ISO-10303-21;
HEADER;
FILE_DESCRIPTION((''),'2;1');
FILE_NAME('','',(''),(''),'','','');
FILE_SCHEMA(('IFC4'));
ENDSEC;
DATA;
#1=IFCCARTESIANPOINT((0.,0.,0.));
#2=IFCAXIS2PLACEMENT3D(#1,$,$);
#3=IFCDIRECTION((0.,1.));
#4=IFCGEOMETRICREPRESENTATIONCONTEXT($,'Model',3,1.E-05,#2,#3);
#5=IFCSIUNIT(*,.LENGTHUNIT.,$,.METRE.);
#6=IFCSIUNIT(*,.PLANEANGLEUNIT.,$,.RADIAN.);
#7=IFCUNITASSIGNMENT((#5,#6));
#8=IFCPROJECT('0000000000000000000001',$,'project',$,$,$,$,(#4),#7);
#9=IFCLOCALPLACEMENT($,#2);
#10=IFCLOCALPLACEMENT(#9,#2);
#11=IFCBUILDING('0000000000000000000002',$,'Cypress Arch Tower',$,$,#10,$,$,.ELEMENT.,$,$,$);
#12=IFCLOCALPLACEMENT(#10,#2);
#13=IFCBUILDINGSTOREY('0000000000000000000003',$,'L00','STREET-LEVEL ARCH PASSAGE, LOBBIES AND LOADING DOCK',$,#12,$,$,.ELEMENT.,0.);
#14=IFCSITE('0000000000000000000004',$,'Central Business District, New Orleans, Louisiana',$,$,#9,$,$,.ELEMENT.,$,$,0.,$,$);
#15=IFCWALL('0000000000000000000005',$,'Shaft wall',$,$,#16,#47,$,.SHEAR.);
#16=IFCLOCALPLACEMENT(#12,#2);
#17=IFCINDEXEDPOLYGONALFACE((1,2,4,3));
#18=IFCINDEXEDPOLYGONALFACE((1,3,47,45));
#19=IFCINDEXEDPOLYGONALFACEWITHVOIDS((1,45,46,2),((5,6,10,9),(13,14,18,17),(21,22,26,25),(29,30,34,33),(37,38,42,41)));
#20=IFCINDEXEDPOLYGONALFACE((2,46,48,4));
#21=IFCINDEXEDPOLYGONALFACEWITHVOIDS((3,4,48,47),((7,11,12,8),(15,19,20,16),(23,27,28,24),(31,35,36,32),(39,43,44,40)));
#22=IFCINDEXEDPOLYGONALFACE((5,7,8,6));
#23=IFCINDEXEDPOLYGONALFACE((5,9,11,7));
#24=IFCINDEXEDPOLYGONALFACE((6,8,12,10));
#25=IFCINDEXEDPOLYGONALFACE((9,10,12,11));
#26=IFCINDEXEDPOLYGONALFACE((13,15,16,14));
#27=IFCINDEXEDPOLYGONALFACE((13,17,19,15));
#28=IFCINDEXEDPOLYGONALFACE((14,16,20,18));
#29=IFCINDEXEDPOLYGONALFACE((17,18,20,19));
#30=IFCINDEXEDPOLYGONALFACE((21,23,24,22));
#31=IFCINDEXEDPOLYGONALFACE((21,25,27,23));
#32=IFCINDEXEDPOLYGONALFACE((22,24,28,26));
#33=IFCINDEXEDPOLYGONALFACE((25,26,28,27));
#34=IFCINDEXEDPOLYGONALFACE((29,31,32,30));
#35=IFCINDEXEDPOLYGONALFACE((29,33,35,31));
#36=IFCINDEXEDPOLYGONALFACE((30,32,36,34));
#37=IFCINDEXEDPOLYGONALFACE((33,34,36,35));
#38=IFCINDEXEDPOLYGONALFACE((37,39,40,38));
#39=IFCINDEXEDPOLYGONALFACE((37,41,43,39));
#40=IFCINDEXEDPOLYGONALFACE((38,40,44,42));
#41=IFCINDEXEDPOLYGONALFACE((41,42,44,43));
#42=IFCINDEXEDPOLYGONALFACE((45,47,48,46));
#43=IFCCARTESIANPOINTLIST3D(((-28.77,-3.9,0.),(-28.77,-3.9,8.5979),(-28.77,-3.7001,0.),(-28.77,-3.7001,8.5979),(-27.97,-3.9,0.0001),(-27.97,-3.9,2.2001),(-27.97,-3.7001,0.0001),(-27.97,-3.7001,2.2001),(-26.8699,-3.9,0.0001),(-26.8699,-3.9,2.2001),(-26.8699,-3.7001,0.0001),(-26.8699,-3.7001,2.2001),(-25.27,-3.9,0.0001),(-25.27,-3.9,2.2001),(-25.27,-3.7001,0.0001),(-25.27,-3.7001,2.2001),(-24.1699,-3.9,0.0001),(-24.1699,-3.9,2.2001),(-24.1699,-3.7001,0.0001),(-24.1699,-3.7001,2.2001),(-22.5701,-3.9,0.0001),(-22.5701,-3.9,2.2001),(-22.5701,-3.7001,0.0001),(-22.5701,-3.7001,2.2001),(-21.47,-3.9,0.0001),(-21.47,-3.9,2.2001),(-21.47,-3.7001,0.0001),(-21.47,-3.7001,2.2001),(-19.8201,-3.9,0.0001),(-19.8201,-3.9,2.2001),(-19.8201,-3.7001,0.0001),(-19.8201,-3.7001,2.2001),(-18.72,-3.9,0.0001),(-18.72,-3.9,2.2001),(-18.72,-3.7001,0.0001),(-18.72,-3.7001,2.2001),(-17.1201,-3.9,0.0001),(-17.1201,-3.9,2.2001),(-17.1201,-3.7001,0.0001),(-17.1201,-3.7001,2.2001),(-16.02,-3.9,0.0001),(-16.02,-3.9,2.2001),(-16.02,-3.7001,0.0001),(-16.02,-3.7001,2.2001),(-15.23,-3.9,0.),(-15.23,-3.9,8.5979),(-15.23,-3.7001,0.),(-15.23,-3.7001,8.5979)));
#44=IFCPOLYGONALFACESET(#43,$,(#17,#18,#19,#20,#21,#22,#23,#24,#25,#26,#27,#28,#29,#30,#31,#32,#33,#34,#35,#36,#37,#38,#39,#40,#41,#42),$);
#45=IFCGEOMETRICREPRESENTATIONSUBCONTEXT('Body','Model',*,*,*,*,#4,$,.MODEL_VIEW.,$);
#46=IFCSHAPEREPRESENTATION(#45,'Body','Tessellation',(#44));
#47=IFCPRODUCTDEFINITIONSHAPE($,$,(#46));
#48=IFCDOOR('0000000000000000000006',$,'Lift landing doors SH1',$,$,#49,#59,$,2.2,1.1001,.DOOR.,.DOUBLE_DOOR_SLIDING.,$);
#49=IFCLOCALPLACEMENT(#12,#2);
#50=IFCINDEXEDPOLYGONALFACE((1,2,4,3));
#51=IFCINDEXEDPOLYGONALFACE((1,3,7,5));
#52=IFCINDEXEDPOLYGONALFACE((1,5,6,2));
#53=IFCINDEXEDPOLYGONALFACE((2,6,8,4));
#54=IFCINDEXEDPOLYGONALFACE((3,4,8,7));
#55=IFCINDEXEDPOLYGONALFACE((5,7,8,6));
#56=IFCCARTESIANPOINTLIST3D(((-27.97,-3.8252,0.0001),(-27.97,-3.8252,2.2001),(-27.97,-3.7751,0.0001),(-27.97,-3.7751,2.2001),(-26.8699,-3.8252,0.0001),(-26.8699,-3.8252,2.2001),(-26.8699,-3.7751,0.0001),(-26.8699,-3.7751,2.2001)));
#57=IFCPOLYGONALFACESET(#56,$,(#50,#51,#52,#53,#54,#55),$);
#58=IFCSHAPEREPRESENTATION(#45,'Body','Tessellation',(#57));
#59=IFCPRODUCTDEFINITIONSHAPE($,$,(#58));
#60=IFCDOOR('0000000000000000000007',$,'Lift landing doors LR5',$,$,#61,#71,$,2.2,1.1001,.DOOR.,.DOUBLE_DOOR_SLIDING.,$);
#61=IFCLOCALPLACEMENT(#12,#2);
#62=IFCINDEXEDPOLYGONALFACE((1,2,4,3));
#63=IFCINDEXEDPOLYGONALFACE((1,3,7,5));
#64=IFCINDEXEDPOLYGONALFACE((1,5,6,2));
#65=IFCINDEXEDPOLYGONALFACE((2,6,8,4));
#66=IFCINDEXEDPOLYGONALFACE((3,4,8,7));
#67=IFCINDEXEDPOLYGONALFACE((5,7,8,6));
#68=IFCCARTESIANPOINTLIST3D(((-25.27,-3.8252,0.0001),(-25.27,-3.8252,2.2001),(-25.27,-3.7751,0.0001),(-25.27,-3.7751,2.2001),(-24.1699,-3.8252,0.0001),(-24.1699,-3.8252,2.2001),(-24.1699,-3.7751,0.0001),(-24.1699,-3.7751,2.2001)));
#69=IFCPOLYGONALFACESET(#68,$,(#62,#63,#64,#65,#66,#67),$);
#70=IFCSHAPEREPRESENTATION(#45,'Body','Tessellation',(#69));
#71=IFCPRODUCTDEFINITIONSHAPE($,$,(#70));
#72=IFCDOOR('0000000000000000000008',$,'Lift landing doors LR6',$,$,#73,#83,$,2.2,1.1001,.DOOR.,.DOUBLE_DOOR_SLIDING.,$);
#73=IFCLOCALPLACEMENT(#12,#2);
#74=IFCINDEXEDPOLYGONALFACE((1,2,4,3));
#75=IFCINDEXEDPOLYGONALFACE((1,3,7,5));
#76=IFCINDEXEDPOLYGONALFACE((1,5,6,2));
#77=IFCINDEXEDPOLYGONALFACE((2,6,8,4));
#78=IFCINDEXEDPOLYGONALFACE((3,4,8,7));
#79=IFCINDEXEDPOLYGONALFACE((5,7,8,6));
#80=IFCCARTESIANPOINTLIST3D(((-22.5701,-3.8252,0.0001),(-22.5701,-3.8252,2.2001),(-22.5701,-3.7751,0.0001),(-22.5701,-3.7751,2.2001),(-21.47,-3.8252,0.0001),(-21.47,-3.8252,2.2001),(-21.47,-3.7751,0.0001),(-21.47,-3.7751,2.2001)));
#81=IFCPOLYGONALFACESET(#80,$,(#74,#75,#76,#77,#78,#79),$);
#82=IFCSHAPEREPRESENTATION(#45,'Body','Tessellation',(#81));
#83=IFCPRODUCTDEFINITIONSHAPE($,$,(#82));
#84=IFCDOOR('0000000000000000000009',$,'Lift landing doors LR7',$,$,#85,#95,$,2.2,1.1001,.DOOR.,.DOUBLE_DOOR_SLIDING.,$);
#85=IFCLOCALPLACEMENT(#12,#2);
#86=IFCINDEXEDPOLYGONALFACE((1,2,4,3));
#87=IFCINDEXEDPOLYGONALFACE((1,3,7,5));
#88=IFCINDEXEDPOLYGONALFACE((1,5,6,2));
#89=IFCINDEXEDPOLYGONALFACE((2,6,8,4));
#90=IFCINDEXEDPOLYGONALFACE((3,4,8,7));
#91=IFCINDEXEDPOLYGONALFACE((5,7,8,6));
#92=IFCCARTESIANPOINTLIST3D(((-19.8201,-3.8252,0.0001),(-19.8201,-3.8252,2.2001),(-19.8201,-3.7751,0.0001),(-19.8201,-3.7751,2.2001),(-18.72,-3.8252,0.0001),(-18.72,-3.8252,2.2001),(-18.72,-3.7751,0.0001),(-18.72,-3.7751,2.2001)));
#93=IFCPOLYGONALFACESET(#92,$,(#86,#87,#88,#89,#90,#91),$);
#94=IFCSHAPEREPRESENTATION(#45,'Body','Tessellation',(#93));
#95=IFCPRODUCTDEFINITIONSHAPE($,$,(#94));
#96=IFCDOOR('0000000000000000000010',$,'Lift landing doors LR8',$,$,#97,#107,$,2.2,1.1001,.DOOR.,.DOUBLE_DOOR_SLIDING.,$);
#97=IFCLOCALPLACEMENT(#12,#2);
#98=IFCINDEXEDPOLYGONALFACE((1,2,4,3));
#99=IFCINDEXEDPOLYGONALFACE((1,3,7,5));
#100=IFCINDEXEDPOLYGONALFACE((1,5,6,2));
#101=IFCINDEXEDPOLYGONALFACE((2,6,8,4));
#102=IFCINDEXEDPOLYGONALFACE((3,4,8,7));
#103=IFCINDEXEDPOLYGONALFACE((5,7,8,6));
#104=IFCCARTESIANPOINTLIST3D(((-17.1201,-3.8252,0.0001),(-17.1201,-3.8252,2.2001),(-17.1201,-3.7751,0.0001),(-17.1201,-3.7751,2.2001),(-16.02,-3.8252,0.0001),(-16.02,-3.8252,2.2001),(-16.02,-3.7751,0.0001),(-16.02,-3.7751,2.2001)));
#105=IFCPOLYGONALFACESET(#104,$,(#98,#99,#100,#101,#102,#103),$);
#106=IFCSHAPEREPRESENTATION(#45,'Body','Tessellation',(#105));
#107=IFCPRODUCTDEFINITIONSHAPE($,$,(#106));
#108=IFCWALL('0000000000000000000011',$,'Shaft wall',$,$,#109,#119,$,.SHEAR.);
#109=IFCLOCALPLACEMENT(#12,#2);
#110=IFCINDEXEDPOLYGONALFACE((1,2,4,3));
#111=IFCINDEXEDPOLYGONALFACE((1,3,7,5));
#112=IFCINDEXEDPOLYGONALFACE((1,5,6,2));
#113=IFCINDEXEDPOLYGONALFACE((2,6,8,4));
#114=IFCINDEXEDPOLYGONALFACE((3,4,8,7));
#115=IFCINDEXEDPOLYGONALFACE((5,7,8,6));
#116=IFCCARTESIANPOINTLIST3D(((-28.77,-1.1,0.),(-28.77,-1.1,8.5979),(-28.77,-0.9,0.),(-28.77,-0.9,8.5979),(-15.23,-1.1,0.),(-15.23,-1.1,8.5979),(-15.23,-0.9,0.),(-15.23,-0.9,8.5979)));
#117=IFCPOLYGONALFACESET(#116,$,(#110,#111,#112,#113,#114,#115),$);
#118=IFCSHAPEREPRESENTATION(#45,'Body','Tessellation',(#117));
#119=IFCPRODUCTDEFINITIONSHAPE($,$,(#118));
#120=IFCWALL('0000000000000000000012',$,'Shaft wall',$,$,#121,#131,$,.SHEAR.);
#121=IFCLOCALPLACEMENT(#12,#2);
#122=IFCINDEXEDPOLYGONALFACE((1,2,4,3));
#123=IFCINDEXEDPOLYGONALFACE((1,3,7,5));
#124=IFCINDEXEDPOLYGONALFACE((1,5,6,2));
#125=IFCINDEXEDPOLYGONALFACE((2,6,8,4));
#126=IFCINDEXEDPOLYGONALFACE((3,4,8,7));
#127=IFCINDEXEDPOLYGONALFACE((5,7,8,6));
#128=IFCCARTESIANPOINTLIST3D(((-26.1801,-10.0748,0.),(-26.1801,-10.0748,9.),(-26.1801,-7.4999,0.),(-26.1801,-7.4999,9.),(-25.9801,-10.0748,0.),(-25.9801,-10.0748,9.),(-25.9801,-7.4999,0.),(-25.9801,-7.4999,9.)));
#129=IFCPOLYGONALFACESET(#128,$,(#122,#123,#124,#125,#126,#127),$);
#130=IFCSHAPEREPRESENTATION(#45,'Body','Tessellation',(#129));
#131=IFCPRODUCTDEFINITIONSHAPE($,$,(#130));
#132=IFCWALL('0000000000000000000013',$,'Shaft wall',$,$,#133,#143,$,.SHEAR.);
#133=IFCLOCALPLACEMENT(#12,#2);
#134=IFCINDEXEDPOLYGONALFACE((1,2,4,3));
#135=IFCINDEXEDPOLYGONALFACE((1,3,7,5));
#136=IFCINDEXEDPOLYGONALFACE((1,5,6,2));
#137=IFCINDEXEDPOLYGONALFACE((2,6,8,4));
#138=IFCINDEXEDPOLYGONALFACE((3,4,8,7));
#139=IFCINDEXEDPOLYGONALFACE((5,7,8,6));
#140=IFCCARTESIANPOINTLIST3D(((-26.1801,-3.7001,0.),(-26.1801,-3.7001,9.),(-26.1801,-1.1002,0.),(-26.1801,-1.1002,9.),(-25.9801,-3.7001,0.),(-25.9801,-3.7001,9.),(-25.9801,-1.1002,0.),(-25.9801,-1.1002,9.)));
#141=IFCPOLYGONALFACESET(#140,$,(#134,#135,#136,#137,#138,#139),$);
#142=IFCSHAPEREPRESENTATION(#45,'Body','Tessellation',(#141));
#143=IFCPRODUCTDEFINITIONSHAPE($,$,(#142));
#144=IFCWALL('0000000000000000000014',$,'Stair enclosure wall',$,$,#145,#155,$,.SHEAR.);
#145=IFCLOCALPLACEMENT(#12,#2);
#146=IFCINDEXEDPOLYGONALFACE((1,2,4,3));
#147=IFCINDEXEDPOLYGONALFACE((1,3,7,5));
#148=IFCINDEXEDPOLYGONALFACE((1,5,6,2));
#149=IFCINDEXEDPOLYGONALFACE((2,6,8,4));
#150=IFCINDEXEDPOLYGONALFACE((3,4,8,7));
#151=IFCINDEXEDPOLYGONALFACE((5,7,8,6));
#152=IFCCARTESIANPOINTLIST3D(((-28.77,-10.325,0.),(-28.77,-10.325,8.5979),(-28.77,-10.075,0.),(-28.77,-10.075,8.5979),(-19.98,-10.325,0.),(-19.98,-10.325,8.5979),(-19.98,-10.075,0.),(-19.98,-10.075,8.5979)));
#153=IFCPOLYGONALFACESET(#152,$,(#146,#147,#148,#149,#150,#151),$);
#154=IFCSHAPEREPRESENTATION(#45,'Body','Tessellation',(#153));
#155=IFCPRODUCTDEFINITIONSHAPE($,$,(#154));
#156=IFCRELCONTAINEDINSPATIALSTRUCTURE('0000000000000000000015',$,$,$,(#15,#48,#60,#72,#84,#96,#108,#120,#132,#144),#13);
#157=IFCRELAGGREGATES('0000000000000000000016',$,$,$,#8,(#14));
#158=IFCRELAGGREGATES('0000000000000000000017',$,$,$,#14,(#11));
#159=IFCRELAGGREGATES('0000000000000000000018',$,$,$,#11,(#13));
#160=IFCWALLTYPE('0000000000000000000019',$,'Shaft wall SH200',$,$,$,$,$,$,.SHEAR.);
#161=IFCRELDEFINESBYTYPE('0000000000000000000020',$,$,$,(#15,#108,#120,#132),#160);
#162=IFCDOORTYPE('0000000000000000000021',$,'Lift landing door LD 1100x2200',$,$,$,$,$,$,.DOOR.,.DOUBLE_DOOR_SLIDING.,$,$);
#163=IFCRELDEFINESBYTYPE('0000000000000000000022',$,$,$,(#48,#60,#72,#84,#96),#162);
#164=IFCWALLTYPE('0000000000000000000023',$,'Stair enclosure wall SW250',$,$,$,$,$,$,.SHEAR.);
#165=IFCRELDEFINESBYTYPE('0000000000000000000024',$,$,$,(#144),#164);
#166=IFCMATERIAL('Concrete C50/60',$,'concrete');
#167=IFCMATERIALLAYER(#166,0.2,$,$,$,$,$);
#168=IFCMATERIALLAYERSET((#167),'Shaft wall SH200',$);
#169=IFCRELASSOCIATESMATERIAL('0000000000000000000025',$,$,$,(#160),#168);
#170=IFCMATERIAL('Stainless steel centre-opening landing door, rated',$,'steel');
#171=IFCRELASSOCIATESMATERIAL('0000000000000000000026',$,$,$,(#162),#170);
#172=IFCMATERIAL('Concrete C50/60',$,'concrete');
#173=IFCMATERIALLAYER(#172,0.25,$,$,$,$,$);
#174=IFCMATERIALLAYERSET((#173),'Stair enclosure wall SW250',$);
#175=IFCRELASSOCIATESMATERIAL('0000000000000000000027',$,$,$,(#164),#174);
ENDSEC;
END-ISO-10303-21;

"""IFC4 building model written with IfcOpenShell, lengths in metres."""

from ifc_helpers import new_model, si_unit, direction, frame, frame_2d, origin, place, context, subcontext, project, spatial, rectangle, extrude, material, layer, layer_set, type_object, element, fill, save


model = new_model("IFC4")

# Units and contexts
model_context = context("Model", 3, precision=1e-05, world=origin(), true_north=direction((0.0, 1.0)))
body_context = subcontext(model_context, "Body", "Model", "MODEL_VIEW")
ifc_project = project(units=[si_unit("LENGTHUNIT", "METRE"), si_unit("PLANEANGLEUNIT", "RADIAN")], contexts=[model_context])

# Site, building, storey
site_placement = place(None, origin())
site = spatial("IfcSite", under=ifc_project, at=site_placement, Name="Central Business District, New Orleans, Louisiana", CompositionType="ELEMENT", RefElevation=0.0)
building_placement = place(site_placement, origin())
building = spatial("IfcBuilding", under=site, at=building_placement, Name="Cypress Arch Tower", CompositionType="ELEMENT")
storey_placement = place(building_placement, origin())
storey = spatial("IfcBuildingStorey", under=building, at=storey_placement, Name="L00", Description="STREET-LEVEL ARCH PASSAGE, LOBBIES AND LOADING DOCK", CompositionType="ELEMENT", Elevation=0.0)

# Wall, openings, doors
ifc_material_1 = material(Name="Concrete C50/60", Category="concrete")
ifc_layer_1 = layer(ifc_material_1, 0.2)
ifc_layer_set_1 = layer_set([ifc_layer_1], Name="Shaft wall SH200")
wall_type_1 = type_object("IfcWallType", Name="Shaft wall SH200", PredefinedType="SHEAR", material=ifc_layer_set_1)
ifc_material_2 = material(Name="Stainless steel centre-opening landing door, rated", Category="steel")
door_type = type_object("IfcDoorType", Name="Lift landing door LD 1100x2200", OperationType="DOUBLE_DOOR_SLIDING", PredefinedType="DOOR", material=ifc_material_2)
wall_1_placement = place(storey_placement, frame((-28.77, -3.8, 0.0), z_axis=(0.0, 0.0, 1.0), x_axis=(1.0, 0.0, 0.0)))
wall_1 = element("IfcWall", 1, at=wall_1_placement, inside=storey, type_object=wall_type_1, Name="Shaft wall", PredefinedType="SHEAR", context=body_context, shape_type="SweptSolid", body=[
    extrude(rectangle(XDim=13.54, YDim=0.2, at=frame_2d((6.77, 0.0))), origin(), (0.0, 0.0, 1.0), 8.5979),
])
opening_1_placement = place(wall_1_placement, frame((0.8, 0.0, 0.0)))
opening_1 = element("IfcOpeningElement", 2, at=opening_1_placement, cuts=wall_1, PredefinedType="OPENING", context=body_context, shape_type="SweptSolid", body=[
    extrude(rectangle(XDim=1.1001, YDim=2.2, at=frame_2d((0.55, 1.1001))), frame((0.0, 0.1099, 0.0), z_axis=(0.0, -1.0, 0.0), x_axis=(1.0, 0.0, 0.0)), (0.0, 0.0, 1.0), 0.22),
])
opening_2_placement = place(wall_1_placement, frame((3.5, 0.0, 0.0)))
opening_2 = element("IfcOpeningElement", 3, at=opening_2_placement, cuts=wall_1, PredefinedType="OPENING", context=body_context, shape_type="SweptSolid", body=[
    extrude(rectangle(XDim=1.1001, YDim=2.2, at=frame_2d((0.55, 1.1001))), frame((0.0, 0.1099, 0.0), z_axis=(0.0, -1.0, 0.0), x_axis=(1.0, 0.0, 0.0)), (0.0, 0.0, 1.0), 0.22),
])
opening_3_placement = place(wall_1_placement, frame((6.2, 0.0, 0.0)))
opening_3 = element("IfcOpeningElement", 4, at=opening_3_placement, cuts=wall_1, PredefinedType="OPENING", context=body_context, shape_type="SweptSolid", body=[
    extrude(rectangle(XDim=1.1001, YDim=2.2, at=frame_2d((0.55, 1.1001))), frame((0.0, 0.1099, 0.0), z_axis=(0.0, -1.0, 0.0), x_axis=(1.0, 0.0, 0.0)), (0.0, 0.0, 1.0), 0.22),
])
opening_4_placement = place(wall_1_placement, frame((8.95, 0.0, 0.0)))
opening_4 = element("IfcOpeningElement", 5, at=opening_4_placement, cuts=wall_1, PredefinedType="OPENING", context=body_context, shape_type="SweptSolid", body=[
    extrude(rectangle(XDim=1.1001, YDim=2.2, at=frame_2d((0.55, 1.1001))), frame((0.0, 0.1099, 0.0), z_axis=(0.0, -1.0, 0.0), x_axis=(1.0, 0.0, 0.0)), (0.0, 0.0, 1.0), 0.22),
])
opening_5_placement = place(wall_1_placement, frame((11.6499, 0.0, 0.0)))
opening_5 = element("IfcOpeningElement", 6, at=opening_5_placement, cuts=wall_1, PredefinedType="OPENING", context=body_context, shape_type="SweptSolid", body=[
    extrude(rectangle(XDim=1.1001, YDim=2.2, at=frame_2d((0.55, 1.1001))), frame((0.0, 0.1099, 0.0), z_axis=(0.0, -1.0, 0.0), x_axis=(1.0, 0.0, 0.0)), (0.0, 0.0, 1.0), 0.22),
])
door_1_placement = place(opening_1_placement, origin())
door_1 = element("IfcDoor", 7, at=door_1_placement, inside=storey, type_object=door_type, Name="Lift landing doors SH1", OperationType="DOUBLE_DOOR_SLIDING", OverallHeight=2.2, OverallWidth=1.1001, PredefinedType="DOOR", context=body_context, shape_type="SweptSolid", body=[
    extrude(rectangle(XDim=1.1001, YDim=2.2, at=frame_2d((0.55, 1.1001))), frame((0.0, 0.0249, 0.0), z_axis=(0.0, -1.0, 0.0), x_axis=(1.0, 0.0, 0.0)), (0.0, 0.0, 1.0), 0.05),
])
fill(opening_1, door_1)
door_2_placement = place(opening_2_placement, origin())
door_2 = element("IfcDoor", 8, at=door_2_placement, inside=storey, type_object=door_type, Name="Lift landing doors LR5", OperationType="DOUBLE_DOOR_SLIDING", OverallHeight=2.2, OverallWidth=1.1001, PredefinedType="DOOR", context=body_context, shape_type="SweptSolid", body=[
    extrude(rectangle(XDim=1.1001, YDim=2.2, at=frame_2d((0.55, 1.1001))), frame((0.0, 0.0249, 0.0), z_axis=(0.0, -1.0, 0.0), x_axis=(1.0, 0.0, 0.0)), (0.0, 0.0, 1.0), 0.05),
])
fill(opening_2, door_2)
door_3_placement = place(opening_3_placement, origin())
door_3 = element("IfcDoor", 9, at=door_3_placement, inside=storey, type_object=door_type, Name="Lift landing doors LR6", OperationType="DOUBLE_DOOR_SLIDING", OverallHeight=2.2, OverallWidth=1.1001, PredefinedType="DOOR", context=body_context, shape_type="SweptSolid", body=[
    extrude(rectangle(XDim=1.1001, YDim=2.2, at=frame_2d((0.55, 1.1001))), frame((0.0, 0.0249, 0.0), z_axis=(0.0, -1.0, 0.0), x_axis=(1.0, 0.0, 0.0)), (0.0, 0.0, 1.0), 0.05),
])
fill(opening_3, door_3)
door_4_placement = place(opening_4_placement, origin())
door_4 = element("IfcDoor", 10, at=door_4_placement, inside=storey, type_object=door_type, Name="Lift landing doors LR7", OperationType="DOUBLE_DOOR_SLIDING", OverallHeight=2.2, OverallWidth=1.1001, PredefinedType="DOOR", context=body_context, shape_type="SweptSolid", body=[
    extrude(rectangle(XDim=1.1001, YDim=2.2, at=frame_2d((0.55, 1.1001))), frame((0.0, 0.0249, 0.0), z_axis=(0.0, -1.0, 0.0), x_axis=(1.0, 0.0, 0.0)), (0.0, 0.0, 1.0), 0.05),
])
fill(opening_4, door_4)
door_5_placement = place(opening_5_placement, origin())
door_5 = element("IfcDoor", 11, at=door_5_placement, inside=storey, type_object=door_type, Name="Lift landing doors LR8", OperationType="DOUBLE_DOOR_SLIDING", OverallHeight=2.2, OverallWidth=1.1001, PredefinedType="DOOR", context=body_context, shape_type="SweptSolid", body=[
    extrude(rectangle(XDim=1.1001, YDim=2.2, at=frame_2d((0.55, 1.1001))), frame((0.0, 0.0249, 0.0), z_axis=(0.0, -1.0, 0.0), x_axis=(1.0, 0.0, 0.0)), (0.0, 0.0, 1.0), 0.05),
])
fill(opening_5, door_5)

# Walls
wall_2_placement = place(storey_placement, frame((-28.77, -1.0, 0.0), z_axis=(0.0, 0.0, 1.0), x_axis=(1.0, 0.0, 0.0)))
element("IfcWall", 12, at=wall_2_placement, inside=storey, type_object=wall_type_1, Name="Shaft wall", PredefinedType="SHEAR", context=body_context, shape_type="SweptSolid", body=[
    extrude(rectangle(XDim=13.54, YDim=0.2, at=frame_2d((6.77, 0.0))), origin(), (0.0, 0.0, 1.0), 8.5979),
])
wall_3_placement = place(storey_placement, frame((-26.0801, -10.075, 0.0), z_axis=(0.0, 0.0, 1.0), x_axis=(0.0, 1.0, 0.0)))
element("IfcWall", 13, at=wall_3_placement, inside=storey, type_object=wall_type_1, Name="Shaft wall", PredefinedType="SHEAR", context=body_context, shape_type="SweptSolid", body=[
    extrude(rectangle(XDim=2.575, YDim=0.2, at=frame_2d((1.2876, 0.0))), origin(), (0.0, 0.0, 1.0), 9.0),
])
wall_4_placement = place(storey_placement, frame((-26.0801, -3.7, 0.0), z_axis=(0.0, 0.0, 1.0), x_axis=(0.0, 1.0, 0.0)))
element("IfcWall", 14, at=wall_4_placement, inside=storey, type_object=wall_type_1, Name="Shaft wall", PredefinedType="SHEAR", context=body_context, shape_type="SweptSolid", body=[
    extrude(rectangle(XDim=2.5999, YDim=0.2, at=frame_2d((1.2998, 0.0))), origin(), (0.0, 0.0, 1.0), 9.0),
])
ifc_material_3 = material(Name="Concrete C50/60", Category="concrete")
ifc_layer_2 = layer(ifc_material_3, 0.25)
ifc_layer_set_2 = layer_set([ifc_layer_2], Name="Stair enclosure wall SW250")
wall_type_2 = type_object("IfcWallType", Name="Stair enclosure wall SW250", PredefinedType="SHEAR", material=ifc_layer_set_2)
wall_5_placement = place(storey_placement, frame((-28.77, -10.2, 0.0), z_axis=(0.0, 0.0, 1.0), x_axis=(1.0, 0.0, 0.0)))
element("IfcWall", 15, at=wall_5_placement, inside=storey, type_object=wall_type_2, Name="Stair enclosure wall", PredefinedType="SHEAR", context=body_context, shape_type="SweptSolid", body=[
    extrude(rectangle(XDim=8.79, YDim=0.25, at=frame_2d((4.395, 0.0))), origin(), (0.0, 0.0, 1.0), 8.5979),
])

save(model, "model.ifc")
